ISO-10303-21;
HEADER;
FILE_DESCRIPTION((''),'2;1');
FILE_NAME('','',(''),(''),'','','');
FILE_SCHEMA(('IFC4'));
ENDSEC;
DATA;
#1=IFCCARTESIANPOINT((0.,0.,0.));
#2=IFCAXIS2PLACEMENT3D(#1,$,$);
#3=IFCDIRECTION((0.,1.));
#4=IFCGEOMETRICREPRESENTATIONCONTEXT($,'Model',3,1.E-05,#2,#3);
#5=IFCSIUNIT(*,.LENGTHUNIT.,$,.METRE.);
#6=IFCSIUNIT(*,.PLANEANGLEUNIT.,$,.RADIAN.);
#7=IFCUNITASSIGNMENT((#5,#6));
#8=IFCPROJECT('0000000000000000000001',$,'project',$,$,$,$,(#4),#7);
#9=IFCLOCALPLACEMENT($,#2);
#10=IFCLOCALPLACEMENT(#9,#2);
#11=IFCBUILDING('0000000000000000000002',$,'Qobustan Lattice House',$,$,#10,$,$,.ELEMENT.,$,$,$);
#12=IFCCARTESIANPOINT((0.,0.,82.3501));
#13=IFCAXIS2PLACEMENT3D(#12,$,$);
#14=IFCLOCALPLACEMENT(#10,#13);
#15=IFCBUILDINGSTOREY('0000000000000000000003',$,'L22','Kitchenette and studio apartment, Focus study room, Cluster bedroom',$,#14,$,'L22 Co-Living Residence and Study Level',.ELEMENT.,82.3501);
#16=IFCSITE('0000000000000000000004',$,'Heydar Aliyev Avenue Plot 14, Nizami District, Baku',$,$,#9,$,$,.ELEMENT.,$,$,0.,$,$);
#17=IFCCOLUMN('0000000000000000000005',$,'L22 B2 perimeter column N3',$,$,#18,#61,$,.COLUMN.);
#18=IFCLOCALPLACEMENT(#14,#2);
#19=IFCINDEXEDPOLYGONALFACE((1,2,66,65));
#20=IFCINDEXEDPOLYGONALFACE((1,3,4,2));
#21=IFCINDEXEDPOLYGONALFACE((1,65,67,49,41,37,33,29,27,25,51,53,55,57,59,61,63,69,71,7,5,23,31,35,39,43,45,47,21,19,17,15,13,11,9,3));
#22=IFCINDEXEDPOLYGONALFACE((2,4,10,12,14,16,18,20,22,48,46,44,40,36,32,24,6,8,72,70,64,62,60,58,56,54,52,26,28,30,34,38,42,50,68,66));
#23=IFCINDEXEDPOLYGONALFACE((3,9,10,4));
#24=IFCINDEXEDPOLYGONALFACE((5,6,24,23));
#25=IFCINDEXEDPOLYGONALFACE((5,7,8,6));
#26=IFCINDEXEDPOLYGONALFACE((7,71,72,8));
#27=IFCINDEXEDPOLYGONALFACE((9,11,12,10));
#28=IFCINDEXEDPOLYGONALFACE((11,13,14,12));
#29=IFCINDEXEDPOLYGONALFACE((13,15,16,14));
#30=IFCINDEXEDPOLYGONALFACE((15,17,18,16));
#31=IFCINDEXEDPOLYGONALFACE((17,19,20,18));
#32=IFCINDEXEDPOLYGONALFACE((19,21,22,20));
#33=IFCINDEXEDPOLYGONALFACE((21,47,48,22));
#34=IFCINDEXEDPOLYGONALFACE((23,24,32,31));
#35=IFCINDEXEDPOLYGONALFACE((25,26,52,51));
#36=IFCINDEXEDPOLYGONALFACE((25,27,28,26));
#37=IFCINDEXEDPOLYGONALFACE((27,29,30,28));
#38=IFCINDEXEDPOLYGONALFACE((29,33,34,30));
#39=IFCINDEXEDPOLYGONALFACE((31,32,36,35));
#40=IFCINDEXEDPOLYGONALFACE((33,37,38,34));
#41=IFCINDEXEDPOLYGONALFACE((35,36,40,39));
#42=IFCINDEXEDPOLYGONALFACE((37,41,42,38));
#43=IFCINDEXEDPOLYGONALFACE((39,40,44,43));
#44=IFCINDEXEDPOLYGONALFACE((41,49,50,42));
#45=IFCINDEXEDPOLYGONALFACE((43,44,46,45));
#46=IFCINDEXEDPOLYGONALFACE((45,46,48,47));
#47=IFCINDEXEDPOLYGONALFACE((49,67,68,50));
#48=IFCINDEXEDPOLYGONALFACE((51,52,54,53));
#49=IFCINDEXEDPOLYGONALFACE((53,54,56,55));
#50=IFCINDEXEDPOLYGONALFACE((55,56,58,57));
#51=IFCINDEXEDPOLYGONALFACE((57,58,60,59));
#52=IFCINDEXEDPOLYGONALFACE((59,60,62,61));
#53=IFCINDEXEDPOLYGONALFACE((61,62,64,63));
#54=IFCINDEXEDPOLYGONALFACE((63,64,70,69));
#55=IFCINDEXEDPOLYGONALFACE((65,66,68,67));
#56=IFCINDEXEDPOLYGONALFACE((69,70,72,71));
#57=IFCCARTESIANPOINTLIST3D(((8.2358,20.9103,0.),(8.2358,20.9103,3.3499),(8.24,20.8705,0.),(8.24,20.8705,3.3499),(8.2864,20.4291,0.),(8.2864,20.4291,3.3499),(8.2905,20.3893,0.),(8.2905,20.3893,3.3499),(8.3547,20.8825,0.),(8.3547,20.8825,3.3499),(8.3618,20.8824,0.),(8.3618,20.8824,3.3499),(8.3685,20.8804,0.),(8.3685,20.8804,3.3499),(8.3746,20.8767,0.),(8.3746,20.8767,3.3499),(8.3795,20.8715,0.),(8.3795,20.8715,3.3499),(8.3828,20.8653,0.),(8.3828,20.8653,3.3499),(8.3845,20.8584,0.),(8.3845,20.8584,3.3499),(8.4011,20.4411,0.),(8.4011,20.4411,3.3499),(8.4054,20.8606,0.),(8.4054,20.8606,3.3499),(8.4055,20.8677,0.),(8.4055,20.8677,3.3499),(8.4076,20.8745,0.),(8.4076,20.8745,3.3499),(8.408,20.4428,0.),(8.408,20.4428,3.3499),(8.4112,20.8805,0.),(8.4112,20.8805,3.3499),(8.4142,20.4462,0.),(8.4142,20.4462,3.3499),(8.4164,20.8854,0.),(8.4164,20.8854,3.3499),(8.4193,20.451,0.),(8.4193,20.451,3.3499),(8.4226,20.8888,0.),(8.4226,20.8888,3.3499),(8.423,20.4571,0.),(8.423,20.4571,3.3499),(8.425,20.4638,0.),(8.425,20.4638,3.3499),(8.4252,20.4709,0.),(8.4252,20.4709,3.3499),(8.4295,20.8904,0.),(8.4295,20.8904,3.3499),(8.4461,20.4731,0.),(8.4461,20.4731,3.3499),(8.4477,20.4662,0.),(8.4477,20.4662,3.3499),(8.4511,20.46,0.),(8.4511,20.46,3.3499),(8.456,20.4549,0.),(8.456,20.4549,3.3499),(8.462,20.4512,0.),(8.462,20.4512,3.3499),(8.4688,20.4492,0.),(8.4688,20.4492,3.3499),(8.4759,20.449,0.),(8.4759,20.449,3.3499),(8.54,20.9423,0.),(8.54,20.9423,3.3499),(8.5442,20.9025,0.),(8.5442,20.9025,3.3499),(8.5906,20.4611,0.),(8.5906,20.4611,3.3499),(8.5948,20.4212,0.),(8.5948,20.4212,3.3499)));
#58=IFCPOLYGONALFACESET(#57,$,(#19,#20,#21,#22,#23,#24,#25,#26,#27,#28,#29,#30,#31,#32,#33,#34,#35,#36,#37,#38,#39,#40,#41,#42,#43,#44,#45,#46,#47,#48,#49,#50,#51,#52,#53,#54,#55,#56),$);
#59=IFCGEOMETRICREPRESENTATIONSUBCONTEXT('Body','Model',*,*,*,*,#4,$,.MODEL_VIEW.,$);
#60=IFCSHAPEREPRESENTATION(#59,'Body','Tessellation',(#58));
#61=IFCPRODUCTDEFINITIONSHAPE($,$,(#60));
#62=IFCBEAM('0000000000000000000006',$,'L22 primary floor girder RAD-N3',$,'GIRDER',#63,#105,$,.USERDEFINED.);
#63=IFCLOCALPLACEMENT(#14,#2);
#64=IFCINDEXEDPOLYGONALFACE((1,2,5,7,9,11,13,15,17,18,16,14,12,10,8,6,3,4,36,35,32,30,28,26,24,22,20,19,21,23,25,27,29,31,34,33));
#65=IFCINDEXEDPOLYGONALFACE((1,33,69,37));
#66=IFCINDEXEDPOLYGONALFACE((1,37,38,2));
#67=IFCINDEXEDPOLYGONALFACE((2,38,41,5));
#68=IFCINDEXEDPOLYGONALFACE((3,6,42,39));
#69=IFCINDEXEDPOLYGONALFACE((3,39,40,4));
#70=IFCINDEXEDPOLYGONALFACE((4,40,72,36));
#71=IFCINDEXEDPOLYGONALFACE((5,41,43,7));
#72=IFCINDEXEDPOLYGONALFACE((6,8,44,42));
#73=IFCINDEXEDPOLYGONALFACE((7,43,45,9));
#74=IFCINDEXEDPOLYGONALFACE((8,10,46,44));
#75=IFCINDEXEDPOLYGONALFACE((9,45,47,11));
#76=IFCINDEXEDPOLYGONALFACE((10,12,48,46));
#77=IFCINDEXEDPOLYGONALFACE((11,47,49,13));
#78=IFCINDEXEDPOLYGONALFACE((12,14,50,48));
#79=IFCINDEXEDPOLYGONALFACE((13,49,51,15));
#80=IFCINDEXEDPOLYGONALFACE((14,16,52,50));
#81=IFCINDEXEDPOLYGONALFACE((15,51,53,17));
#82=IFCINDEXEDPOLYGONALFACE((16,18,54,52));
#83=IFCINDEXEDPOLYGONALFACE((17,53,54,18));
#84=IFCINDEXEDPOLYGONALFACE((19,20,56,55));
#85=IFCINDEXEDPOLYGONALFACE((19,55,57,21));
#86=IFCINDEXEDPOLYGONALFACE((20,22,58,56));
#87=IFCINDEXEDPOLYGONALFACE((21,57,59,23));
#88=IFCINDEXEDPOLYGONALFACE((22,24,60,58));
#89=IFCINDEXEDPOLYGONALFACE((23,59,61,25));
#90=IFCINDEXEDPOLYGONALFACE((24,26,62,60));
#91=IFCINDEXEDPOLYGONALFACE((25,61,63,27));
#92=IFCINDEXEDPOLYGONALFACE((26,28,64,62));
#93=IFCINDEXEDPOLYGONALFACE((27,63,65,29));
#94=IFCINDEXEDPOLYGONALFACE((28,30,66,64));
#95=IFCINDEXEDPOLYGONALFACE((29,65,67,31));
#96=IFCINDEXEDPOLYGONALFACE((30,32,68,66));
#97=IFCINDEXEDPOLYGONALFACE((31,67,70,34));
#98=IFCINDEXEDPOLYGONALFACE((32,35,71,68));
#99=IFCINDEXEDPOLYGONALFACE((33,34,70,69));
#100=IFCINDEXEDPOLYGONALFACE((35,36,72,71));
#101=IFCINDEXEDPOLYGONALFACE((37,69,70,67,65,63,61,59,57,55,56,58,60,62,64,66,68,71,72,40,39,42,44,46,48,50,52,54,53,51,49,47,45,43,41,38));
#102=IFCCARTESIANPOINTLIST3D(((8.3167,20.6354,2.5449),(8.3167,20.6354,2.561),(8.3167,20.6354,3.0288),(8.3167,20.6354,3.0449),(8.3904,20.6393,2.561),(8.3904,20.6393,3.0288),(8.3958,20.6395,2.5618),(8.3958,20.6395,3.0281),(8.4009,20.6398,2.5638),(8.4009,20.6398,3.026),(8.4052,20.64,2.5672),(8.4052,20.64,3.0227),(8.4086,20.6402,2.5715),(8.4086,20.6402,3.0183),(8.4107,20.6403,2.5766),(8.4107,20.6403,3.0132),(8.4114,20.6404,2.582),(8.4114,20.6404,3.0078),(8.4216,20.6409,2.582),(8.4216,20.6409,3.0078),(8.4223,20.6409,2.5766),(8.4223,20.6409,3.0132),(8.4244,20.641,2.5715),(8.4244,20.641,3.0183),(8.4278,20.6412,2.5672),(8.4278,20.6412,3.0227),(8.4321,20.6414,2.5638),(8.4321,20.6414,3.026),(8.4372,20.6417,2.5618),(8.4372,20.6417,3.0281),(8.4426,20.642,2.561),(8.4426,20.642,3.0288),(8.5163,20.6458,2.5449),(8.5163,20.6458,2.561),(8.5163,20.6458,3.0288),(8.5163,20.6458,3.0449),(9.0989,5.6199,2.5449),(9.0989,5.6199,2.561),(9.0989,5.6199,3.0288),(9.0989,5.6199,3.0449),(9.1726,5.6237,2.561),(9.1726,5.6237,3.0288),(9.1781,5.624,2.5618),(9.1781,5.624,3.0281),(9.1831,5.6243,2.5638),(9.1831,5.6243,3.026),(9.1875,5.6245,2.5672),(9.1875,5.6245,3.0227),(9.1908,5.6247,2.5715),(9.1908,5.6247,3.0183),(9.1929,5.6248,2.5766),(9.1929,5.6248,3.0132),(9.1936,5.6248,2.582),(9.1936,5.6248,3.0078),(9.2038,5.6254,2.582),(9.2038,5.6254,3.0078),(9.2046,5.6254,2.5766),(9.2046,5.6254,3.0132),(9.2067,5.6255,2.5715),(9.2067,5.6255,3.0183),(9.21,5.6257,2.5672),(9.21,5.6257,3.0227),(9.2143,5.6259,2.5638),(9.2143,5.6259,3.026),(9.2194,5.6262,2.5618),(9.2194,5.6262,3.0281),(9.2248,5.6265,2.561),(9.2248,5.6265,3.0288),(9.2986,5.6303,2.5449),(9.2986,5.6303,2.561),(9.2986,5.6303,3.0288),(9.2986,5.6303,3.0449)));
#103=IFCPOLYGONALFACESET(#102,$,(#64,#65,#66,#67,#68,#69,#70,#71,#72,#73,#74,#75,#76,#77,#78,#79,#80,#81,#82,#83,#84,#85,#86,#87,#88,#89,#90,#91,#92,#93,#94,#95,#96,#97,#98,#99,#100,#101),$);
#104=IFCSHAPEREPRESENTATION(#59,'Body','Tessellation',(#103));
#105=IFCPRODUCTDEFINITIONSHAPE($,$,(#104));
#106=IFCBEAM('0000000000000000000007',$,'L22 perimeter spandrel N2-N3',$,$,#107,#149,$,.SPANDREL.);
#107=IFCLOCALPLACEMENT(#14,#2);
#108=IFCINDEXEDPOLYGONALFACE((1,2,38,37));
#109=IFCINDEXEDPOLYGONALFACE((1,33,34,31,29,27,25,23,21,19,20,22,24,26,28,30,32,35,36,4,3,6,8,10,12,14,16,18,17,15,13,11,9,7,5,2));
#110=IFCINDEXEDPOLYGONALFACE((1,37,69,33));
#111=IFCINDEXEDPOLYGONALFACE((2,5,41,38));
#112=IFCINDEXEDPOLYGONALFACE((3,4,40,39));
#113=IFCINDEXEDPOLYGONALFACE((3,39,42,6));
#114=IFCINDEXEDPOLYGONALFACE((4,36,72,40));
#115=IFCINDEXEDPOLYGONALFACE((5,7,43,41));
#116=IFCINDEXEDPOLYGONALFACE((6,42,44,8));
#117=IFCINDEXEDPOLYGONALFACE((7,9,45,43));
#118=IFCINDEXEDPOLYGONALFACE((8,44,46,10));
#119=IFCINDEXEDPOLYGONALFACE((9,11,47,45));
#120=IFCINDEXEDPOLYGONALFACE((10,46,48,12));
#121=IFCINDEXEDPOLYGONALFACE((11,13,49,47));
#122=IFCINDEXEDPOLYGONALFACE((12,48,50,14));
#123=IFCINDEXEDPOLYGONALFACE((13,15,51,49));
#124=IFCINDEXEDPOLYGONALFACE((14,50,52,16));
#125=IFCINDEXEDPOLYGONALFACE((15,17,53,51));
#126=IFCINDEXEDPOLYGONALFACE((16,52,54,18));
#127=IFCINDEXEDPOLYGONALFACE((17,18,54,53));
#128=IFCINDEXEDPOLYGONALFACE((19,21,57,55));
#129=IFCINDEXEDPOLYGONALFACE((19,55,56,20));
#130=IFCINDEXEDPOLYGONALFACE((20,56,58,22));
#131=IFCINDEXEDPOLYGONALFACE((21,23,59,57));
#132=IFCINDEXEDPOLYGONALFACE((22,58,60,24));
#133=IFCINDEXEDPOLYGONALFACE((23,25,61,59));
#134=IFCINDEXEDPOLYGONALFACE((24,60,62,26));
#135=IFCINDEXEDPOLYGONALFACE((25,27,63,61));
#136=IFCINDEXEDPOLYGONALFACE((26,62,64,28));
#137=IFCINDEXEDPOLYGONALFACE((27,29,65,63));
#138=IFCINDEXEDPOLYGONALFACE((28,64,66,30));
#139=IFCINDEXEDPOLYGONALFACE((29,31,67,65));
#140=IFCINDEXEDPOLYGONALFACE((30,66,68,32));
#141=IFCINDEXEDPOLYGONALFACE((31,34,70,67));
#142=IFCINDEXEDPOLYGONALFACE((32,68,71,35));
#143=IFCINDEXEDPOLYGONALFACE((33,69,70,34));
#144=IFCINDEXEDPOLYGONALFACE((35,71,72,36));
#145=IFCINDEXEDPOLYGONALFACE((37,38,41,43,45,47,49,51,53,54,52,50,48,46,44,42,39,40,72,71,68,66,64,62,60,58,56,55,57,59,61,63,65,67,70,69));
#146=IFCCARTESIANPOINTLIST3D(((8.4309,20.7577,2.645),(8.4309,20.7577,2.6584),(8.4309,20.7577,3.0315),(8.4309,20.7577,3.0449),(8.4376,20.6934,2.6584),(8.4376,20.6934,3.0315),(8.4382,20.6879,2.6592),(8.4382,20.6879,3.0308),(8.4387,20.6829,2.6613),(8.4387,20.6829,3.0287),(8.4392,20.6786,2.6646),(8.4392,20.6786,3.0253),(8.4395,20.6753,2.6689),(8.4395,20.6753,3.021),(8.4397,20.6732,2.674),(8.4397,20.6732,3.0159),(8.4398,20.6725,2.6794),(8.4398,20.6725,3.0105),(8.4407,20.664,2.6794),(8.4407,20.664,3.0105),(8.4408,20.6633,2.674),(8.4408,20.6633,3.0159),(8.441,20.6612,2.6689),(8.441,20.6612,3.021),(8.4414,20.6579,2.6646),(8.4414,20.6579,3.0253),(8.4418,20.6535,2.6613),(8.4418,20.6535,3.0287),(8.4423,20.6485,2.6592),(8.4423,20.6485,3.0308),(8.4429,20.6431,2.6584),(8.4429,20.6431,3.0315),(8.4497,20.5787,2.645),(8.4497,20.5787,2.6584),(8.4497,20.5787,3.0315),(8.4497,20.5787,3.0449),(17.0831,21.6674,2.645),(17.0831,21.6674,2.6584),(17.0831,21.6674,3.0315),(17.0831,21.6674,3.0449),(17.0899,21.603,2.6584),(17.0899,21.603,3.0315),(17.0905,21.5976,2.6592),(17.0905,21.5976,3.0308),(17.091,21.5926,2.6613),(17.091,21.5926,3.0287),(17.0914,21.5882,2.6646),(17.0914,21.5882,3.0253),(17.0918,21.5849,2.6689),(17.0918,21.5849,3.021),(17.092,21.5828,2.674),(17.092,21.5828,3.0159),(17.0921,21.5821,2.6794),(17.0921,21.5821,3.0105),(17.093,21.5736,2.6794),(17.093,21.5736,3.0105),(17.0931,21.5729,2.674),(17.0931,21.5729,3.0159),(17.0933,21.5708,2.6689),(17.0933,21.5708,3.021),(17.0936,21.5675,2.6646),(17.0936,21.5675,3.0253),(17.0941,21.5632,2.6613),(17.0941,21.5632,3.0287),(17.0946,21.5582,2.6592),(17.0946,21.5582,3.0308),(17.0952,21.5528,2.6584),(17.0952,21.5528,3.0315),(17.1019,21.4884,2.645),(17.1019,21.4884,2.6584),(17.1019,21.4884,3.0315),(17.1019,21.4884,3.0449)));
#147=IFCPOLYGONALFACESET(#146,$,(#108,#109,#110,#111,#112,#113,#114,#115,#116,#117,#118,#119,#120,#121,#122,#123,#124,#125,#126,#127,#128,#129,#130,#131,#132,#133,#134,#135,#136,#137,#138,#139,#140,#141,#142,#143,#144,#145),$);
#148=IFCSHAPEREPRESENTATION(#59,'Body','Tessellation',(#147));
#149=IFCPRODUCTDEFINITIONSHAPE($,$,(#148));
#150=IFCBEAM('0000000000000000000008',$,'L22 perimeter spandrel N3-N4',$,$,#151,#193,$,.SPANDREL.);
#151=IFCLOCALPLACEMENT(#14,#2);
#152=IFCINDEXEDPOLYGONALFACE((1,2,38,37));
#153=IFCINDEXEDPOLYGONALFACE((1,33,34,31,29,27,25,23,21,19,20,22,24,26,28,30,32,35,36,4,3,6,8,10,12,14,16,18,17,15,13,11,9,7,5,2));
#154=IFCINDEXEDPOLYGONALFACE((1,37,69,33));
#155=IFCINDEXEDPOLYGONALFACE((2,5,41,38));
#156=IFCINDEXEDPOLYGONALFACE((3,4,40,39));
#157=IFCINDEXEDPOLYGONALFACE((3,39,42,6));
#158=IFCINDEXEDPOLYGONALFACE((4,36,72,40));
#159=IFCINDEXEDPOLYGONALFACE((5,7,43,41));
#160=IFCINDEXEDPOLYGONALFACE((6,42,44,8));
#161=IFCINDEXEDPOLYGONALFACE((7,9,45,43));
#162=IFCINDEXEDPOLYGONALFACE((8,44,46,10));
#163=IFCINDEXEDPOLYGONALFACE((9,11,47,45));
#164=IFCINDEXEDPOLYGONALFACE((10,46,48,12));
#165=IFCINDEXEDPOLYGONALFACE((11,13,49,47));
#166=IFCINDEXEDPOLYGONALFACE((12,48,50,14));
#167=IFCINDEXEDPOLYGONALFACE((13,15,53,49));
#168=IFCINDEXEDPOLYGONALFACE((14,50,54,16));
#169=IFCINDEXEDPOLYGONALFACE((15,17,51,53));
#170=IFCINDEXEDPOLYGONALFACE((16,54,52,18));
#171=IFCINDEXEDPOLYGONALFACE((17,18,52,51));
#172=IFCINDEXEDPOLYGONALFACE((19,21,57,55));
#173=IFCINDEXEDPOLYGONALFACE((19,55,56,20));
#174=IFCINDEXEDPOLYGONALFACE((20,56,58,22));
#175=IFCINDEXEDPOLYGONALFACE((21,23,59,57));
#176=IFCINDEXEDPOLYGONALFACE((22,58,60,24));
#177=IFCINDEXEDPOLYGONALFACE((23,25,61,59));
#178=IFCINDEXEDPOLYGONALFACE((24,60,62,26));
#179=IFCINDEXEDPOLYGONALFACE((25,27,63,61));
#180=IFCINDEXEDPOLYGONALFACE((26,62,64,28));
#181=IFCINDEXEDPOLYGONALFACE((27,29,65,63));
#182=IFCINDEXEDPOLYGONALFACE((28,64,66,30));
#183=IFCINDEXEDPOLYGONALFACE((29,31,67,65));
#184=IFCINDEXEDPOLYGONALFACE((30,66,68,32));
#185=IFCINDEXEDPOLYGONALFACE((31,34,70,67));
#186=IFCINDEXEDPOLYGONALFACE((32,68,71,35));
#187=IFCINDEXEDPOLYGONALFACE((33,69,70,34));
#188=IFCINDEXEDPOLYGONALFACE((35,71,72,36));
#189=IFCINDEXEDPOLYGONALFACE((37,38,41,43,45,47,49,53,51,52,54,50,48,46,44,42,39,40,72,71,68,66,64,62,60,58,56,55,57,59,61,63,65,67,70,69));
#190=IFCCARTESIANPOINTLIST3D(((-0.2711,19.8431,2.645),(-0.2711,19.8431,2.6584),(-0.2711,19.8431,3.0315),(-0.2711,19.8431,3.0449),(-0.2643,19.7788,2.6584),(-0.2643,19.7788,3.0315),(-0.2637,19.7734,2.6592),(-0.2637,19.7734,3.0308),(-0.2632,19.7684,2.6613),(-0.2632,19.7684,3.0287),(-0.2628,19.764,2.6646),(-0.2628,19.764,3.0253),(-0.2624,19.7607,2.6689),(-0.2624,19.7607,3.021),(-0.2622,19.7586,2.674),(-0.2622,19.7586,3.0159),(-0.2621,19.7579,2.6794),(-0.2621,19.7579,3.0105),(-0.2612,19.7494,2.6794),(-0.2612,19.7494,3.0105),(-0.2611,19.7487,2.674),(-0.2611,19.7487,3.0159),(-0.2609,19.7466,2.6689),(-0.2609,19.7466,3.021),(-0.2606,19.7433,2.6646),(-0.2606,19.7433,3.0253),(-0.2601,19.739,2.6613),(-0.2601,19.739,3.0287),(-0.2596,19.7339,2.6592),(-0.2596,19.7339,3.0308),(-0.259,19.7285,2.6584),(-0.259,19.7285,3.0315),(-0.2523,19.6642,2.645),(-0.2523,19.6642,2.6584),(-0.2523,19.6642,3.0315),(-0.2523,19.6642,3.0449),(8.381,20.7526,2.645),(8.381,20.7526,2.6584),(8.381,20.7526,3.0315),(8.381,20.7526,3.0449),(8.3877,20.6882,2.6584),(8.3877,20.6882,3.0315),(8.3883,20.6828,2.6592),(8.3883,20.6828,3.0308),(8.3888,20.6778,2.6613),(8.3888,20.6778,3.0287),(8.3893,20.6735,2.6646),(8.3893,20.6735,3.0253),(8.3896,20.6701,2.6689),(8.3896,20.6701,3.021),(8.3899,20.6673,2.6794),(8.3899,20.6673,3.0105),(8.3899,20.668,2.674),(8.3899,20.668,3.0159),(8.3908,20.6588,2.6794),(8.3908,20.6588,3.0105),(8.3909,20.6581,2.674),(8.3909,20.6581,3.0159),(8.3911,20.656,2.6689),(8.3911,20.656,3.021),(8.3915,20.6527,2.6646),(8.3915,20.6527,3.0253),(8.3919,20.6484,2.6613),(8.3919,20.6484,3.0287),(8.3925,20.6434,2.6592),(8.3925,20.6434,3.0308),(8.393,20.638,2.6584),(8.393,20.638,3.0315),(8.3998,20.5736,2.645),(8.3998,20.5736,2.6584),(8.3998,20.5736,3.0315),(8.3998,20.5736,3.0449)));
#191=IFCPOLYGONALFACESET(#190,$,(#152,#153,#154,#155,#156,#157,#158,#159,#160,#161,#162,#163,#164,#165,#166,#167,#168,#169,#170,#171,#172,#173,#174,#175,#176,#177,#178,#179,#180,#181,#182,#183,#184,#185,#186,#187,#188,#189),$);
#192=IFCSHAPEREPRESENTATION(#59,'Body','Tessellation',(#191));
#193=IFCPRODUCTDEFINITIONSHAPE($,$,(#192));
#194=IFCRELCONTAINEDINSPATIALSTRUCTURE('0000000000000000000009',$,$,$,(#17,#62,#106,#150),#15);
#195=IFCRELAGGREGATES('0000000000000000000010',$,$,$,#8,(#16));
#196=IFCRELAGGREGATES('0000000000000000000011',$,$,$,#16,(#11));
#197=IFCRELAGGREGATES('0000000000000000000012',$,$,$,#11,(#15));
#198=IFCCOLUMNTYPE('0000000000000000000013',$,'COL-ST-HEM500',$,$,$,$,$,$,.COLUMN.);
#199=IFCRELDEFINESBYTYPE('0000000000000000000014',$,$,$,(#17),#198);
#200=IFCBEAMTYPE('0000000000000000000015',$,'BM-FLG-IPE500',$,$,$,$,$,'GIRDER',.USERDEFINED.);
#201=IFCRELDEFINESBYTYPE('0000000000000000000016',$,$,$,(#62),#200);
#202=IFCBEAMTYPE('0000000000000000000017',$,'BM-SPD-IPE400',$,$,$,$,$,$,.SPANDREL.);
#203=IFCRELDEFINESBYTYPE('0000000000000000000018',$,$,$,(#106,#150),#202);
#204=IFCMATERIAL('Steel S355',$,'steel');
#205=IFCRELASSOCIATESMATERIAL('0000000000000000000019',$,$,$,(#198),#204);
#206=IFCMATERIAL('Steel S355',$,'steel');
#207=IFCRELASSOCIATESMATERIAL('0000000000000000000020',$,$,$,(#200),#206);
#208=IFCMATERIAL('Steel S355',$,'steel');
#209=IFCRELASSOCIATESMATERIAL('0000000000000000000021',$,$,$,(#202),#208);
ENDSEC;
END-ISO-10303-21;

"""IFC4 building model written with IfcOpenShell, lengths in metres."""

from ifc_helpers import new_model, si_unit, direction, frame, origin, origin_2d, place, context, subcontext, project, spatial, i_section, extrude, material, material_profile, profile_set, type_object, element, save


model = new_model("IFC4")

# Units and contexts
model_context = context("Model", 3, precision=1e-05, world=origin(), true_north=direction((0.0, 1.0)))
body_context = subcontext(model_context, "Body", "Model", "MODEL_VIEW")
ifc_project = project(units=[si_unit("LENGTHUNIT", "METRE"), si_unit("PLANEANGLEUNIT", "RADIAN")], contexts=[model_context])

# Site, building, storey
site_placement = place(None, origin())
site = spatial("IfcSite", under=ifc_project, at=site_placement, Name="Heydar Aliyev Avenue Plot 14, Nizami District, Baku", CompositionType="ELEMENT", RefElevation=0.0)
building_placement = place(site_placement, origin())
building = spatial("IfcBuilding", under=site, at=building_placement, Name="Qobustan Lattice House", CompositionType="ELEMENT")
storey_placement = place(building_placement, frame((0.0, 0.0, 82.3501)))
storey = spatial("IfcBuildingStorey", under=building, at=storey_placement, Name="L22", Description="Kitchenette and studio apartment, Focus study room, Cluster bedroom", LongName="L22 Co-Living Residence and Study Level", CompositionType="ELEMENT", Elevation=82.3501)

# Column
ifc_material_1 = material(Name="Steel S355", Category="steel")
ifc_material_profile_1 = material_profile(ifc_material_1, i_section(OverallWidth=0.3059, OverallDepth=0.5239, WebThickness=0.021, FlangeThickness=0.04, FilletRadius=0.0271, at=origin_2d()), Name="HEM500")
ifc_profile_set_1 = profile_set([ifc_material_profile_1], Name="Steel S355")
column_type = type_object("IfcColumnType", Name="COL-ST-HEM500", PredefinedType="COLUMN", material=ifc_profile_set_1)
column_placement = place(storey_placement, frame((8.4153, 20.6658, 0.0), z_axis=(0.0, 0.0, 1.0), x_axis=(0.994522, 0.104528, 0.0)))
element("IfcColumn", 1, at=column_placement, inside=storey, type_object=column_type, Name="L22 B2 perimeter column N3", PredefinedType="COLUMN", context=body_context, shape_type="SweptSolid", body=[
    extrude(i_section(OverallWidth=0.3059, OverallDepth=0.5239, WebThickness=0.021, FlangeThickness=0.04, FilletRadius=0.0271, at=origin_2d()), origin(), (0.0, 0.0, 1.0), 3.3499),
])

# Beams
ifc_material_2 = material(Name="Steel S355", Category="steel")
ifc_material_profile_2 = material_profile(ifc_material_2, i_section(OverallWidth=0.2, OverallDepth=0.5, WebThickness=0.0103, FlangeThickness=0.0161, FilletRadius=0.021, at=origin_2d()), Name="IPE500")
ifc_profile_set_2 = profile_set([ifc_material_profile_2], Name="Steel S355")
beam_type_1 = type_object("IfcBeamType", Name="BM-FLG-IPE500", ElementType="GIRDER", PredefinedType="USERDEFINED", material=ifc_profile_set_2)
beam_1_placement = place(storey_placement, frame((8.4165, 20.6406, 2.7949), z_axis=(0.052024, -0.998646, 0.0), x_axis=(0.998646, 0.052024, 0.0)))
element("IfcBeam", 2, at=beam_1_placement, inside=storey, type_object=beam_type_1, Name="L22 primary floor girder RAD-N3", ObjectType="GIRDER", PredefinedType="USERDEFINED", context=body_context, shape_type="SweptSolid", body=[
    extrude(i_section(OverallWidth=0.2, OverallDepth=0.5, WebThickness=0.0103, FlangeThickness=0.0161, FilletRadius=0.021, at=origin_2d()), origin(), (0.0, 0.0, 1.0), 15.0359),
])
ifc_material_3 = material(Name="Steel S355", Category="steel")
ifc_material_profile_3 = material_profile(ifc_material_3, i_section(OverallWidth=0.1799, OverallDepth=0.3999, WebThickness=0.0085, FlangeThickness=0.0134, FilletRadius=0.021, at=origin_2d()), Name="IPE400")
ifc_profile_set_3 = profile_set([ifc_material_profile_3], Name="Steel S355")
beam_type_2 = type_object("IfcBeamType", Name="BM-SPD-IPE400", PredefinedType="SPANDREL", material=ifc_profile_set_3)
beam_2_placement = place(storey_placement, frame((17.0925, 21.5779, 2.845), z_axis=(-0.994519, -0.104559, 0.0), x_axis=(0.104559, -0.994519, 0.0)))
element("IfcBeam", 3, at=beam_2_placement, inside=storey, type_object=beam_type_2, Name="L22 perimeter spandrel N2-N3", PredefinedType="SPANDREL", context=body_context, shape_type="SweptSolid", body=[
    extrude(i_section(OverallWidth=0.1799, OverallDepth=0.3999, WebThickness=0.0085, FlangeThickness=0.0134, FilletRadius=0.021, at=origin_2d()), origin(), (0.0, 0.0, 1.0), 8.7),
])
beam_3_placement = place(storey_placement, frame((8.3904, 20.6631, 2.845), z_axis=(-0.994521, -0.104534, 0.0), x_axis=(0.104534, -0.994521, 0.0)))
element("IfcBeam", 4, at=beam_3_placement, inside=storey, type_object=beam_type_2, Name="L22 perimeter spandrel N3-N4", PredefinedType="SPANDREL", context=body_context, shape_type="SweptSolid", body=[
    extrude(i_section(OverallWidth=0.1799, OverallDepth=0.3999, WebThickness=0.0085, FlangeThickness=0.0134, FilletRadius=0.021, at=origin_2d()), origin(), (0.0, 0.0, 1.0), 8.6997),
])

save(model, "model.ifc")
